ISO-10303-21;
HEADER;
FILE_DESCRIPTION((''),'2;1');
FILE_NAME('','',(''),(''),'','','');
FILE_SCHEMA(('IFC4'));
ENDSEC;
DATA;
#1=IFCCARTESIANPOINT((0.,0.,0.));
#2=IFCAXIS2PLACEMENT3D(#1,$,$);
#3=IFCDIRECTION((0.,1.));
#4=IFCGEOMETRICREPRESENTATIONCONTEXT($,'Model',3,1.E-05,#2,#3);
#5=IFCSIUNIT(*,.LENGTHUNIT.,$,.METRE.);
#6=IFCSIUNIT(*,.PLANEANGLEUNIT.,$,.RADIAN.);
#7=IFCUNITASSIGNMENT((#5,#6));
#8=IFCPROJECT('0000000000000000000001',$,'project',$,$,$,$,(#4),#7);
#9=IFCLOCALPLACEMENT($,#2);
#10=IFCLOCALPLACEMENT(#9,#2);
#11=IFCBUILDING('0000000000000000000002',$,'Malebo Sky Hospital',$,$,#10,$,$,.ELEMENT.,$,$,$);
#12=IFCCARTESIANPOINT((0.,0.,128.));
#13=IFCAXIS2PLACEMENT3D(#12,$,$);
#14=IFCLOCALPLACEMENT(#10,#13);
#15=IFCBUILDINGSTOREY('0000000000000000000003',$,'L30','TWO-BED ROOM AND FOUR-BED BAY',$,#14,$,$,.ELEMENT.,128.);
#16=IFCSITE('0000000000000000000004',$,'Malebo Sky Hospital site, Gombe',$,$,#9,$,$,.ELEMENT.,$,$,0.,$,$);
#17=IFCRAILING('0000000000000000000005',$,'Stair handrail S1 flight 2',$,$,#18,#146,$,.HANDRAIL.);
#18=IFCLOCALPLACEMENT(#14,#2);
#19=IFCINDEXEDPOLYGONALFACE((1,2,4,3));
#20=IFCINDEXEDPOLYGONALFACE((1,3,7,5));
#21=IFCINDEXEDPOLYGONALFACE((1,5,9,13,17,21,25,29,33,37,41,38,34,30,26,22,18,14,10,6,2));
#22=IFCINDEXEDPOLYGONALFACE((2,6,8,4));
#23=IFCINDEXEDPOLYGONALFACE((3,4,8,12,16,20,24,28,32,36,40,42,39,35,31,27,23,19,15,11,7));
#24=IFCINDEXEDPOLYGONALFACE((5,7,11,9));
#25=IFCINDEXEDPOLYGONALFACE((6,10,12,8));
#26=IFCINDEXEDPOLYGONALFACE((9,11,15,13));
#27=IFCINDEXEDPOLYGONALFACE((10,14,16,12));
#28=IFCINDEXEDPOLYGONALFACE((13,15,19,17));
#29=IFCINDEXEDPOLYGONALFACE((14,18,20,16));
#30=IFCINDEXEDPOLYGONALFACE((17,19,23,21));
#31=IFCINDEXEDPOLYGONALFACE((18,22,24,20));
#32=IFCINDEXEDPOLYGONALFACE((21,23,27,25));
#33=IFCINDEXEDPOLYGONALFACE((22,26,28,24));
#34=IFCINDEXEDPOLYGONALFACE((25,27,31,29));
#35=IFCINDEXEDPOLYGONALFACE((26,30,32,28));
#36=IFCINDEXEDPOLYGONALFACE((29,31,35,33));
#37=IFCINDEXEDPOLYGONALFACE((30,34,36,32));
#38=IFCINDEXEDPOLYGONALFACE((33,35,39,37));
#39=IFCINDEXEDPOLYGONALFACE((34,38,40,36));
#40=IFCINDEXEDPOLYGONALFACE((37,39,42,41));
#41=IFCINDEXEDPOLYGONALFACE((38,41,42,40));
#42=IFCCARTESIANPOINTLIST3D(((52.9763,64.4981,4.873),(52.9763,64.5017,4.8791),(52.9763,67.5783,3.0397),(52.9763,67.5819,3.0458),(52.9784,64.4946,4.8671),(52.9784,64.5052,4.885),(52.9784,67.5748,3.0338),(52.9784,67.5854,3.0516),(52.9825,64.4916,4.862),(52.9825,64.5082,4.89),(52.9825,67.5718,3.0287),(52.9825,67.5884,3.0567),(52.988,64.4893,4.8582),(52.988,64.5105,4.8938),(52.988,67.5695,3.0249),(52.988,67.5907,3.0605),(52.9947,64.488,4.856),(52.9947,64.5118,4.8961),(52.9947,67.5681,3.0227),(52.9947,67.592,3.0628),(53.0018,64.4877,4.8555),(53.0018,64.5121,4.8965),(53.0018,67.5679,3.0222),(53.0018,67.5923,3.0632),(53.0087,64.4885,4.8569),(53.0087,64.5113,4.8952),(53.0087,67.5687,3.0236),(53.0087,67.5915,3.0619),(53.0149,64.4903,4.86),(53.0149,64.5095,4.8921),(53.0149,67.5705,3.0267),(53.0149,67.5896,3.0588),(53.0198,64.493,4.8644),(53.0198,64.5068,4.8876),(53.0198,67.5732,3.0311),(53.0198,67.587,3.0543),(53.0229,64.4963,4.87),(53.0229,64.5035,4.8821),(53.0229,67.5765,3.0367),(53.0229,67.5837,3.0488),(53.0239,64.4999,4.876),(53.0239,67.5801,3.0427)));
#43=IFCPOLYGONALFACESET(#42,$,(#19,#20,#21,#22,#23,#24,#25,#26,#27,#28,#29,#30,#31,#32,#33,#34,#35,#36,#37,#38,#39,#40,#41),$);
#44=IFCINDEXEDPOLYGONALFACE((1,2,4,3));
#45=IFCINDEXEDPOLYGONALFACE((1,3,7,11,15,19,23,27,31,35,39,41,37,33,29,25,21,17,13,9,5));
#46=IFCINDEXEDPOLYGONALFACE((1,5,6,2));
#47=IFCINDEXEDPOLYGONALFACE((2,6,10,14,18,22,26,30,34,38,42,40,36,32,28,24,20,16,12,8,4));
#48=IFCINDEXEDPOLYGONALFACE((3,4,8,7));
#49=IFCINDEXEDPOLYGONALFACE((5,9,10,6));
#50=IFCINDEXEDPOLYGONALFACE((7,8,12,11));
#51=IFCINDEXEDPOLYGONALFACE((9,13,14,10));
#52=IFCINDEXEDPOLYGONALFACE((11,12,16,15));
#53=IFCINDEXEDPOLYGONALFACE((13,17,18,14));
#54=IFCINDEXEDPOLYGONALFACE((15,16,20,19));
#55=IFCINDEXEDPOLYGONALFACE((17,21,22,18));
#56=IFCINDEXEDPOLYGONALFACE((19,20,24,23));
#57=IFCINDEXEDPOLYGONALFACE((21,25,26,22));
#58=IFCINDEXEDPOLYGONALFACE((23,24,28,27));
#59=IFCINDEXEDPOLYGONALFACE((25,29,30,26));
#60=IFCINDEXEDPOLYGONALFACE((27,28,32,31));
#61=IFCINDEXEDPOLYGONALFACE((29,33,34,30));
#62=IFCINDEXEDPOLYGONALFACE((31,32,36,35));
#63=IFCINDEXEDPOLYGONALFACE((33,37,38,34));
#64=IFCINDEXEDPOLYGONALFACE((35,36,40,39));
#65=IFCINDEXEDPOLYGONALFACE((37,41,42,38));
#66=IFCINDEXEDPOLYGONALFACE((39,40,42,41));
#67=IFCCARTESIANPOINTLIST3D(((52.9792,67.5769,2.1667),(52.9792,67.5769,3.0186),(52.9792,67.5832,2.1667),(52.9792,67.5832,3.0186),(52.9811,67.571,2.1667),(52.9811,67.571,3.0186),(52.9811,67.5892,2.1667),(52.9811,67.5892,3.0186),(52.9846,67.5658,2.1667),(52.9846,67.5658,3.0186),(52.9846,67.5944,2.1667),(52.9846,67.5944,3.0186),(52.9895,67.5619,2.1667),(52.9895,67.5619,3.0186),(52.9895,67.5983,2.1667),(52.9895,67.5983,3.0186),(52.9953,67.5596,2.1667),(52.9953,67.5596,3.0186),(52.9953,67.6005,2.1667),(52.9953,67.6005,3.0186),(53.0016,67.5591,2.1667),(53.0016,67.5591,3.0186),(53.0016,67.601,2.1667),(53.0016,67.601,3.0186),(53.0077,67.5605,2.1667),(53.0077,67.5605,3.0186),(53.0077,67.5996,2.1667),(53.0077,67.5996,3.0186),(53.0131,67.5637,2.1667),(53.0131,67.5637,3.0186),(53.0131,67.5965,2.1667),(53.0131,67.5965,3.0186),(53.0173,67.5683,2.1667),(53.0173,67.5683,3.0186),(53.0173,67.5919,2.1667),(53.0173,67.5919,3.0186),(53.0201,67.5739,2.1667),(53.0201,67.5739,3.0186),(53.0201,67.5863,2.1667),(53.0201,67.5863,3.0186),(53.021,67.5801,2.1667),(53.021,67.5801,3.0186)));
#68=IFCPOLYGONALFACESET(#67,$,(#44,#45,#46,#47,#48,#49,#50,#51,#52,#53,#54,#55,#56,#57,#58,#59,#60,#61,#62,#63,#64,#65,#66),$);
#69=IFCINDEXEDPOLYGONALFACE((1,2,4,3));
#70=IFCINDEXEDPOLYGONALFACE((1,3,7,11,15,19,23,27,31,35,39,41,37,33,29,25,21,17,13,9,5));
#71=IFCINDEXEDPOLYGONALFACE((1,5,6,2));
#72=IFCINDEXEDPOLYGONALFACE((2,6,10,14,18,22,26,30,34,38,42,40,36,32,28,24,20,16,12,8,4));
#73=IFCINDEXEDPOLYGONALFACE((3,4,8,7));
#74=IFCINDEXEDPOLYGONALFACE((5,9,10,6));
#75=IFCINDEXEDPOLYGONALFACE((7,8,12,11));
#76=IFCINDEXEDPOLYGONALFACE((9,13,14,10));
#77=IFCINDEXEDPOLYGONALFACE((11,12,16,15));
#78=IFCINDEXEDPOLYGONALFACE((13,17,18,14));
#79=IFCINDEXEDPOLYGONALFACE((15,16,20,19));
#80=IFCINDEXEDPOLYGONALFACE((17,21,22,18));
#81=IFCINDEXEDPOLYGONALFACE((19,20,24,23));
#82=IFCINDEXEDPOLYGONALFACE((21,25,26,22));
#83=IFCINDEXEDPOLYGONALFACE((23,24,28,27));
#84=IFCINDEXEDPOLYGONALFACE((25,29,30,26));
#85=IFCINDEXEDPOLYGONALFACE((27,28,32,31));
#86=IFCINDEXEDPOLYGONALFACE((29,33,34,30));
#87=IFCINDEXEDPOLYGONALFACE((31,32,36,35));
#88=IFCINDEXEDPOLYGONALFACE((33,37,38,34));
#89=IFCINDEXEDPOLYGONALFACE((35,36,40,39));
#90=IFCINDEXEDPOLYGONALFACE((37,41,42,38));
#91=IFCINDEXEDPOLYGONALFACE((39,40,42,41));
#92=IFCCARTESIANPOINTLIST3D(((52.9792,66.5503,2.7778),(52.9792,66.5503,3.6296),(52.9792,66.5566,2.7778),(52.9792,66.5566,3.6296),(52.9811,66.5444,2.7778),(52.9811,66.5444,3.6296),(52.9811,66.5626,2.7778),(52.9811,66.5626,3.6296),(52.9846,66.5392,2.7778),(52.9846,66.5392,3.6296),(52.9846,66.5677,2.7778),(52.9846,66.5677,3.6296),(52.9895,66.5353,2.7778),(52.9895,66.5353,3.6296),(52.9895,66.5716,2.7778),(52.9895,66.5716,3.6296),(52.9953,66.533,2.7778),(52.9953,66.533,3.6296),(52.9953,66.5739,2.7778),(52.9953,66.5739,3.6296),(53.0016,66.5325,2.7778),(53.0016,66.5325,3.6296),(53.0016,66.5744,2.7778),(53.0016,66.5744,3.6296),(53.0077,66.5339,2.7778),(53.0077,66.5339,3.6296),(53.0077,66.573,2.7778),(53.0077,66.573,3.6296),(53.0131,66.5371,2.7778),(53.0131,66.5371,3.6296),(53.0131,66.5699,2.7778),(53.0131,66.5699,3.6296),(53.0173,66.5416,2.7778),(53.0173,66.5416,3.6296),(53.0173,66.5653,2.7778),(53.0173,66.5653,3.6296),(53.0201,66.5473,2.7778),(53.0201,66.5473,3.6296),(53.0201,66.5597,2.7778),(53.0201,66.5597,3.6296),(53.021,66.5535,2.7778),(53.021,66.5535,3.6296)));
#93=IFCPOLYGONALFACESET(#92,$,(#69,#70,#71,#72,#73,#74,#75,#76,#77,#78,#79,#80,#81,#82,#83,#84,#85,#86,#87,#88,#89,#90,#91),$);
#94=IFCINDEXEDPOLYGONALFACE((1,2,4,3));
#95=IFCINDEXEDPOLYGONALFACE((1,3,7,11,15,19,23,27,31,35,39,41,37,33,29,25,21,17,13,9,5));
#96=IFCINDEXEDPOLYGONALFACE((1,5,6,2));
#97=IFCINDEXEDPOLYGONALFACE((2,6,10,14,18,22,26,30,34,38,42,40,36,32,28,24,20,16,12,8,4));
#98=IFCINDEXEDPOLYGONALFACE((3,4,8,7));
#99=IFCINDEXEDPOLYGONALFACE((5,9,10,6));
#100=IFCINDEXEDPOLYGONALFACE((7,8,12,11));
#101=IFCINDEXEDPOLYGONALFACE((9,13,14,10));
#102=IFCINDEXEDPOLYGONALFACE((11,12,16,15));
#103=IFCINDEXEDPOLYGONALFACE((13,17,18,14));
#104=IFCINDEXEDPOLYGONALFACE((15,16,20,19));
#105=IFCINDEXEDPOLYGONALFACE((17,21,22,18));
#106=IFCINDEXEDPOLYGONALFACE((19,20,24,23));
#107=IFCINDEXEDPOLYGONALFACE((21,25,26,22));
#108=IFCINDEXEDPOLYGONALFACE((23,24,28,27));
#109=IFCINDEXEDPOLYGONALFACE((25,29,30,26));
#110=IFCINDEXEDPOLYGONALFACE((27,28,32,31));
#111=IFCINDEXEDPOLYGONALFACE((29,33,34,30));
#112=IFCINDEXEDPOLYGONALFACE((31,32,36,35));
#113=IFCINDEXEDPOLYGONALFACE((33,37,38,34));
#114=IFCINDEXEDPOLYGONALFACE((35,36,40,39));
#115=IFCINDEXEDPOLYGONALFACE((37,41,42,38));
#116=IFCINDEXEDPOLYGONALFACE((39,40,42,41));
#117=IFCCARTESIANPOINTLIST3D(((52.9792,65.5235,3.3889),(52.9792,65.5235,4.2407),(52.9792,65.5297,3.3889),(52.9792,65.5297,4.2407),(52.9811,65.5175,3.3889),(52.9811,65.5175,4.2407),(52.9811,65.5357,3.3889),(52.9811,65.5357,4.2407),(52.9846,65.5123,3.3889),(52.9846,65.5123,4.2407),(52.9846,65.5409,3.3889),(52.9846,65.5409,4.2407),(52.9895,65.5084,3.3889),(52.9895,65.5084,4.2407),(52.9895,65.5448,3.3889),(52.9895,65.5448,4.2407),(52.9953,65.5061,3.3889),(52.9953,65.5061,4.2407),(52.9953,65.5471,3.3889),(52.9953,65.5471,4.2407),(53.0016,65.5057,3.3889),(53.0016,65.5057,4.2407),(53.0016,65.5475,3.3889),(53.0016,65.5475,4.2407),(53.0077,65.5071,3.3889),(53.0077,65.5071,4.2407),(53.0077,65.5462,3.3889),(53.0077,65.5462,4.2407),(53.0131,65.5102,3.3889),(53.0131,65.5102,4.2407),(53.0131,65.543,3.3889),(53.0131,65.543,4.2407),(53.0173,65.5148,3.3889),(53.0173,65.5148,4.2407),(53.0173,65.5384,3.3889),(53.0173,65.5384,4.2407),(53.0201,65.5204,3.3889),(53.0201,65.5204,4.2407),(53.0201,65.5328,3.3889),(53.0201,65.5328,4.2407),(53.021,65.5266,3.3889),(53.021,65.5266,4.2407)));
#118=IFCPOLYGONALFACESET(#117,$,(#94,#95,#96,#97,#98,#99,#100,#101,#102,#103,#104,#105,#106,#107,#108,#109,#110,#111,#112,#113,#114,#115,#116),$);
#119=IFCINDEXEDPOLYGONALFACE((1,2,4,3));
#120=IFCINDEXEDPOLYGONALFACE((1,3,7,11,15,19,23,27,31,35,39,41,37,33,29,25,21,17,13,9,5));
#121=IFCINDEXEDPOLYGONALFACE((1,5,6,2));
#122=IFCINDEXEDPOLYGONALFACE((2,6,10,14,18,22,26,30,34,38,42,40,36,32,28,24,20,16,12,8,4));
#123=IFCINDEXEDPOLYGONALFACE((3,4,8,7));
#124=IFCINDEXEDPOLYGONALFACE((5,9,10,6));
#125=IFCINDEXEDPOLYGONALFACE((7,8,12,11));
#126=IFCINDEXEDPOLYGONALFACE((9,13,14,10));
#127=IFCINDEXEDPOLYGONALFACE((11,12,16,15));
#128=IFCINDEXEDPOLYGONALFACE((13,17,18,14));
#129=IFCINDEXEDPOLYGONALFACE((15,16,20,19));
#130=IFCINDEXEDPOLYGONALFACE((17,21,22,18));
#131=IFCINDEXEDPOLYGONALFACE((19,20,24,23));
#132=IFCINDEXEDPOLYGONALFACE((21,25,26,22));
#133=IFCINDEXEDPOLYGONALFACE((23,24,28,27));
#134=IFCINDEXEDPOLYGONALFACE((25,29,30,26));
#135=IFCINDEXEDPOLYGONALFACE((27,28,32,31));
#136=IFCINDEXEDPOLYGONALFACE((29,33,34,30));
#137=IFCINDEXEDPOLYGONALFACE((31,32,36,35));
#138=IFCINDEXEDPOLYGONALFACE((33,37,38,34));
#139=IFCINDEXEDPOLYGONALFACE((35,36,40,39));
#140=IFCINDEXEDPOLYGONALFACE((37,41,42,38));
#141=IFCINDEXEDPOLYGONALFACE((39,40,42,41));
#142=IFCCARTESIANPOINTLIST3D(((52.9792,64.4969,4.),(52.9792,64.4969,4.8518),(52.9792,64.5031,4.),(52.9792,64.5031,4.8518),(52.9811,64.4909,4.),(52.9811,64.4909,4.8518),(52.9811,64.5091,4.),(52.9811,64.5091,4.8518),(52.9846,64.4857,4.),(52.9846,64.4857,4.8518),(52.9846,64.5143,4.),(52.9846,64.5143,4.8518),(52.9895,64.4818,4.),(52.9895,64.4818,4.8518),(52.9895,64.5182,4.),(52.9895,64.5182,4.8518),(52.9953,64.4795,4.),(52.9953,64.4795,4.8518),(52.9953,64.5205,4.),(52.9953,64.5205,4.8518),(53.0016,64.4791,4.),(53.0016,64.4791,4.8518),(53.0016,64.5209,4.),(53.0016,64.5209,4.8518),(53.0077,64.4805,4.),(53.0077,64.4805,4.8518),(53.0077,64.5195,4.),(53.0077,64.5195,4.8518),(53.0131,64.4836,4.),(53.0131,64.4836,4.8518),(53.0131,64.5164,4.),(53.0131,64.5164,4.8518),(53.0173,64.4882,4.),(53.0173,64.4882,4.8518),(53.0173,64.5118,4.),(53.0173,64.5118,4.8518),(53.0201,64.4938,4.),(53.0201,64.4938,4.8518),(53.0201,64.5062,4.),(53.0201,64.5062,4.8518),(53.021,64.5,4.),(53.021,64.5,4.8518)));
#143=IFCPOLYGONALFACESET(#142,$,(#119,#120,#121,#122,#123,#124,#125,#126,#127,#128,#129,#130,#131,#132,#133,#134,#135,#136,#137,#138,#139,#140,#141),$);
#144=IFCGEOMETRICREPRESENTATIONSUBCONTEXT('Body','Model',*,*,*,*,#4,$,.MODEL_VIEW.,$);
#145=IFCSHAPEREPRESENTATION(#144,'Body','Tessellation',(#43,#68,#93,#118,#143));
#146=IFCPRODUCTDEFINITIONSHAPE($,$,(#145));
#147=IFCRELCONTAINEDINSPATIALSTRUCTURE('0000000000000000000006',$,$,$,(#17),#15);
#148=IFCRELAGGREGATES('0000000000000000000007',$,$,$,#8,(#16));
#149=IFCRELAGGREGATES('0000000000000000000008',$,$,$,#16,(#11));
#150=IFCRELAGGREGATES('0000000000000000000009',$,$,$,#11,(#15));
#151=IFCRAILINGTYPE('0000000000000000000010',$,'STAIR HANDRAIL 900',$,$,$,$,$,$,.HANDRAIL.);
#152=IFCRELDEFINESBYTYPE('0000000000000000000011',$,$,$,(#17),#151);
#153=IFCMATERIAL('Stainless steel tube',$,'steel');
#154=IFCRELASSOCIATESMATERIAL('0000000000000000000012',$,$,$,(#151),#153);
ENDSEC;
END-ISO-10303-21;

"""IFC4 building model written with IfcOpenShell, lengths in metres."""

from ifc_helpers import new_model, si_unit, direction, frame, origin, origin_2d, place, context, subcontext, project, spatial, circle, extrude, material, type_object, element, save


model = new_model("IFC4")

# Units and contexts
model_context = context("Model", 3, precision=1e-05, world=origin(), true_north=direction((0.0, 1.0)))
body_context = subcontext(model_context, "Body", "Model", "MODEL_VIEW")
ifc_project = project(units=[si_unit("LENGTHUNIT", "METRE"), si_unit("PLANEANGLEUNIT", "RADIAN")], contexts=[model_context])

# Site, building, storey
site_placement = place(None, origin())
site = spatial("IfcSite", under=ifc_project, at=site_placement, Name="Malebo Sky Hospital site, Gombe", CompositionType="ELEMENT", RefElevation=0.0)
building_placement = place(site_placement, origin())
building = spatial("IfcBuilding", under=site, at=building_placement, Name="Malebo Sky Hospital", CompositionType="ELEMENT")
storey_placement = place(building_placement, frame((0.0, 0.0, 128.0)))
storey = spatial("IfcBuildingStorey", under=building, at=storey_placement, Name="L30", Description="TWO-BED ROOM AND FOUR-BED BAY", CompositionType="ELEMENT", Elevation=128.0)

# Railing
ifc_material_1 = material(Name="Stainless steel tube", Category="steel")
railing_type = type_object("IfcRailingType", Name="STAIR HANDRAIL 900", PredefinedType="HANDRAIL", material=ifc_material_1)
railing_1_placement = place(storey_placement, frame((53.0, 67.5801, 2.1667)))
element("IfcRailing", 1, at=railing_1_placement, inside=storey, type_object=railing_type, Name="Stair handrail S1 flight 2", PredefinedType="HANDRAIL", context=body_context, shape_type="SweptSolid", body=[
    extrude(circle(Radius=0.0239, at=origin_2d()), frame((0.0, 0.0, 0.876), z_axis=(0.0, -0.859309, 0.511458), x_axis=(1.0, 0.0, 0.0)), (0.0, 0.0, 1.0), 3.5845),
    extrude(circle(Radius=0.021, at=origin_2d()), origin(), (0.0, 0.0, 1.0), 0.8518),
    extrude(circle(Radius=0.021, at=origin_2d()), frame((0.0, -1.0266, 0.6111)), (0.0, 0.0, 1.0), 0.8518),
    extrude(circle(Radius=0.021, at=origin_2d()), frame((0.0, -2.0535, 1.2222)), (0.0, 0.0, 1.0), 0.8518),
    extrude(circle(Radius=0.021, at=origin_2d()), frame((0.0, -3.0801, 1.8333)), (0.0, 0.0, 1.0), 0.8518),
])

save(model, "model.ifc")
